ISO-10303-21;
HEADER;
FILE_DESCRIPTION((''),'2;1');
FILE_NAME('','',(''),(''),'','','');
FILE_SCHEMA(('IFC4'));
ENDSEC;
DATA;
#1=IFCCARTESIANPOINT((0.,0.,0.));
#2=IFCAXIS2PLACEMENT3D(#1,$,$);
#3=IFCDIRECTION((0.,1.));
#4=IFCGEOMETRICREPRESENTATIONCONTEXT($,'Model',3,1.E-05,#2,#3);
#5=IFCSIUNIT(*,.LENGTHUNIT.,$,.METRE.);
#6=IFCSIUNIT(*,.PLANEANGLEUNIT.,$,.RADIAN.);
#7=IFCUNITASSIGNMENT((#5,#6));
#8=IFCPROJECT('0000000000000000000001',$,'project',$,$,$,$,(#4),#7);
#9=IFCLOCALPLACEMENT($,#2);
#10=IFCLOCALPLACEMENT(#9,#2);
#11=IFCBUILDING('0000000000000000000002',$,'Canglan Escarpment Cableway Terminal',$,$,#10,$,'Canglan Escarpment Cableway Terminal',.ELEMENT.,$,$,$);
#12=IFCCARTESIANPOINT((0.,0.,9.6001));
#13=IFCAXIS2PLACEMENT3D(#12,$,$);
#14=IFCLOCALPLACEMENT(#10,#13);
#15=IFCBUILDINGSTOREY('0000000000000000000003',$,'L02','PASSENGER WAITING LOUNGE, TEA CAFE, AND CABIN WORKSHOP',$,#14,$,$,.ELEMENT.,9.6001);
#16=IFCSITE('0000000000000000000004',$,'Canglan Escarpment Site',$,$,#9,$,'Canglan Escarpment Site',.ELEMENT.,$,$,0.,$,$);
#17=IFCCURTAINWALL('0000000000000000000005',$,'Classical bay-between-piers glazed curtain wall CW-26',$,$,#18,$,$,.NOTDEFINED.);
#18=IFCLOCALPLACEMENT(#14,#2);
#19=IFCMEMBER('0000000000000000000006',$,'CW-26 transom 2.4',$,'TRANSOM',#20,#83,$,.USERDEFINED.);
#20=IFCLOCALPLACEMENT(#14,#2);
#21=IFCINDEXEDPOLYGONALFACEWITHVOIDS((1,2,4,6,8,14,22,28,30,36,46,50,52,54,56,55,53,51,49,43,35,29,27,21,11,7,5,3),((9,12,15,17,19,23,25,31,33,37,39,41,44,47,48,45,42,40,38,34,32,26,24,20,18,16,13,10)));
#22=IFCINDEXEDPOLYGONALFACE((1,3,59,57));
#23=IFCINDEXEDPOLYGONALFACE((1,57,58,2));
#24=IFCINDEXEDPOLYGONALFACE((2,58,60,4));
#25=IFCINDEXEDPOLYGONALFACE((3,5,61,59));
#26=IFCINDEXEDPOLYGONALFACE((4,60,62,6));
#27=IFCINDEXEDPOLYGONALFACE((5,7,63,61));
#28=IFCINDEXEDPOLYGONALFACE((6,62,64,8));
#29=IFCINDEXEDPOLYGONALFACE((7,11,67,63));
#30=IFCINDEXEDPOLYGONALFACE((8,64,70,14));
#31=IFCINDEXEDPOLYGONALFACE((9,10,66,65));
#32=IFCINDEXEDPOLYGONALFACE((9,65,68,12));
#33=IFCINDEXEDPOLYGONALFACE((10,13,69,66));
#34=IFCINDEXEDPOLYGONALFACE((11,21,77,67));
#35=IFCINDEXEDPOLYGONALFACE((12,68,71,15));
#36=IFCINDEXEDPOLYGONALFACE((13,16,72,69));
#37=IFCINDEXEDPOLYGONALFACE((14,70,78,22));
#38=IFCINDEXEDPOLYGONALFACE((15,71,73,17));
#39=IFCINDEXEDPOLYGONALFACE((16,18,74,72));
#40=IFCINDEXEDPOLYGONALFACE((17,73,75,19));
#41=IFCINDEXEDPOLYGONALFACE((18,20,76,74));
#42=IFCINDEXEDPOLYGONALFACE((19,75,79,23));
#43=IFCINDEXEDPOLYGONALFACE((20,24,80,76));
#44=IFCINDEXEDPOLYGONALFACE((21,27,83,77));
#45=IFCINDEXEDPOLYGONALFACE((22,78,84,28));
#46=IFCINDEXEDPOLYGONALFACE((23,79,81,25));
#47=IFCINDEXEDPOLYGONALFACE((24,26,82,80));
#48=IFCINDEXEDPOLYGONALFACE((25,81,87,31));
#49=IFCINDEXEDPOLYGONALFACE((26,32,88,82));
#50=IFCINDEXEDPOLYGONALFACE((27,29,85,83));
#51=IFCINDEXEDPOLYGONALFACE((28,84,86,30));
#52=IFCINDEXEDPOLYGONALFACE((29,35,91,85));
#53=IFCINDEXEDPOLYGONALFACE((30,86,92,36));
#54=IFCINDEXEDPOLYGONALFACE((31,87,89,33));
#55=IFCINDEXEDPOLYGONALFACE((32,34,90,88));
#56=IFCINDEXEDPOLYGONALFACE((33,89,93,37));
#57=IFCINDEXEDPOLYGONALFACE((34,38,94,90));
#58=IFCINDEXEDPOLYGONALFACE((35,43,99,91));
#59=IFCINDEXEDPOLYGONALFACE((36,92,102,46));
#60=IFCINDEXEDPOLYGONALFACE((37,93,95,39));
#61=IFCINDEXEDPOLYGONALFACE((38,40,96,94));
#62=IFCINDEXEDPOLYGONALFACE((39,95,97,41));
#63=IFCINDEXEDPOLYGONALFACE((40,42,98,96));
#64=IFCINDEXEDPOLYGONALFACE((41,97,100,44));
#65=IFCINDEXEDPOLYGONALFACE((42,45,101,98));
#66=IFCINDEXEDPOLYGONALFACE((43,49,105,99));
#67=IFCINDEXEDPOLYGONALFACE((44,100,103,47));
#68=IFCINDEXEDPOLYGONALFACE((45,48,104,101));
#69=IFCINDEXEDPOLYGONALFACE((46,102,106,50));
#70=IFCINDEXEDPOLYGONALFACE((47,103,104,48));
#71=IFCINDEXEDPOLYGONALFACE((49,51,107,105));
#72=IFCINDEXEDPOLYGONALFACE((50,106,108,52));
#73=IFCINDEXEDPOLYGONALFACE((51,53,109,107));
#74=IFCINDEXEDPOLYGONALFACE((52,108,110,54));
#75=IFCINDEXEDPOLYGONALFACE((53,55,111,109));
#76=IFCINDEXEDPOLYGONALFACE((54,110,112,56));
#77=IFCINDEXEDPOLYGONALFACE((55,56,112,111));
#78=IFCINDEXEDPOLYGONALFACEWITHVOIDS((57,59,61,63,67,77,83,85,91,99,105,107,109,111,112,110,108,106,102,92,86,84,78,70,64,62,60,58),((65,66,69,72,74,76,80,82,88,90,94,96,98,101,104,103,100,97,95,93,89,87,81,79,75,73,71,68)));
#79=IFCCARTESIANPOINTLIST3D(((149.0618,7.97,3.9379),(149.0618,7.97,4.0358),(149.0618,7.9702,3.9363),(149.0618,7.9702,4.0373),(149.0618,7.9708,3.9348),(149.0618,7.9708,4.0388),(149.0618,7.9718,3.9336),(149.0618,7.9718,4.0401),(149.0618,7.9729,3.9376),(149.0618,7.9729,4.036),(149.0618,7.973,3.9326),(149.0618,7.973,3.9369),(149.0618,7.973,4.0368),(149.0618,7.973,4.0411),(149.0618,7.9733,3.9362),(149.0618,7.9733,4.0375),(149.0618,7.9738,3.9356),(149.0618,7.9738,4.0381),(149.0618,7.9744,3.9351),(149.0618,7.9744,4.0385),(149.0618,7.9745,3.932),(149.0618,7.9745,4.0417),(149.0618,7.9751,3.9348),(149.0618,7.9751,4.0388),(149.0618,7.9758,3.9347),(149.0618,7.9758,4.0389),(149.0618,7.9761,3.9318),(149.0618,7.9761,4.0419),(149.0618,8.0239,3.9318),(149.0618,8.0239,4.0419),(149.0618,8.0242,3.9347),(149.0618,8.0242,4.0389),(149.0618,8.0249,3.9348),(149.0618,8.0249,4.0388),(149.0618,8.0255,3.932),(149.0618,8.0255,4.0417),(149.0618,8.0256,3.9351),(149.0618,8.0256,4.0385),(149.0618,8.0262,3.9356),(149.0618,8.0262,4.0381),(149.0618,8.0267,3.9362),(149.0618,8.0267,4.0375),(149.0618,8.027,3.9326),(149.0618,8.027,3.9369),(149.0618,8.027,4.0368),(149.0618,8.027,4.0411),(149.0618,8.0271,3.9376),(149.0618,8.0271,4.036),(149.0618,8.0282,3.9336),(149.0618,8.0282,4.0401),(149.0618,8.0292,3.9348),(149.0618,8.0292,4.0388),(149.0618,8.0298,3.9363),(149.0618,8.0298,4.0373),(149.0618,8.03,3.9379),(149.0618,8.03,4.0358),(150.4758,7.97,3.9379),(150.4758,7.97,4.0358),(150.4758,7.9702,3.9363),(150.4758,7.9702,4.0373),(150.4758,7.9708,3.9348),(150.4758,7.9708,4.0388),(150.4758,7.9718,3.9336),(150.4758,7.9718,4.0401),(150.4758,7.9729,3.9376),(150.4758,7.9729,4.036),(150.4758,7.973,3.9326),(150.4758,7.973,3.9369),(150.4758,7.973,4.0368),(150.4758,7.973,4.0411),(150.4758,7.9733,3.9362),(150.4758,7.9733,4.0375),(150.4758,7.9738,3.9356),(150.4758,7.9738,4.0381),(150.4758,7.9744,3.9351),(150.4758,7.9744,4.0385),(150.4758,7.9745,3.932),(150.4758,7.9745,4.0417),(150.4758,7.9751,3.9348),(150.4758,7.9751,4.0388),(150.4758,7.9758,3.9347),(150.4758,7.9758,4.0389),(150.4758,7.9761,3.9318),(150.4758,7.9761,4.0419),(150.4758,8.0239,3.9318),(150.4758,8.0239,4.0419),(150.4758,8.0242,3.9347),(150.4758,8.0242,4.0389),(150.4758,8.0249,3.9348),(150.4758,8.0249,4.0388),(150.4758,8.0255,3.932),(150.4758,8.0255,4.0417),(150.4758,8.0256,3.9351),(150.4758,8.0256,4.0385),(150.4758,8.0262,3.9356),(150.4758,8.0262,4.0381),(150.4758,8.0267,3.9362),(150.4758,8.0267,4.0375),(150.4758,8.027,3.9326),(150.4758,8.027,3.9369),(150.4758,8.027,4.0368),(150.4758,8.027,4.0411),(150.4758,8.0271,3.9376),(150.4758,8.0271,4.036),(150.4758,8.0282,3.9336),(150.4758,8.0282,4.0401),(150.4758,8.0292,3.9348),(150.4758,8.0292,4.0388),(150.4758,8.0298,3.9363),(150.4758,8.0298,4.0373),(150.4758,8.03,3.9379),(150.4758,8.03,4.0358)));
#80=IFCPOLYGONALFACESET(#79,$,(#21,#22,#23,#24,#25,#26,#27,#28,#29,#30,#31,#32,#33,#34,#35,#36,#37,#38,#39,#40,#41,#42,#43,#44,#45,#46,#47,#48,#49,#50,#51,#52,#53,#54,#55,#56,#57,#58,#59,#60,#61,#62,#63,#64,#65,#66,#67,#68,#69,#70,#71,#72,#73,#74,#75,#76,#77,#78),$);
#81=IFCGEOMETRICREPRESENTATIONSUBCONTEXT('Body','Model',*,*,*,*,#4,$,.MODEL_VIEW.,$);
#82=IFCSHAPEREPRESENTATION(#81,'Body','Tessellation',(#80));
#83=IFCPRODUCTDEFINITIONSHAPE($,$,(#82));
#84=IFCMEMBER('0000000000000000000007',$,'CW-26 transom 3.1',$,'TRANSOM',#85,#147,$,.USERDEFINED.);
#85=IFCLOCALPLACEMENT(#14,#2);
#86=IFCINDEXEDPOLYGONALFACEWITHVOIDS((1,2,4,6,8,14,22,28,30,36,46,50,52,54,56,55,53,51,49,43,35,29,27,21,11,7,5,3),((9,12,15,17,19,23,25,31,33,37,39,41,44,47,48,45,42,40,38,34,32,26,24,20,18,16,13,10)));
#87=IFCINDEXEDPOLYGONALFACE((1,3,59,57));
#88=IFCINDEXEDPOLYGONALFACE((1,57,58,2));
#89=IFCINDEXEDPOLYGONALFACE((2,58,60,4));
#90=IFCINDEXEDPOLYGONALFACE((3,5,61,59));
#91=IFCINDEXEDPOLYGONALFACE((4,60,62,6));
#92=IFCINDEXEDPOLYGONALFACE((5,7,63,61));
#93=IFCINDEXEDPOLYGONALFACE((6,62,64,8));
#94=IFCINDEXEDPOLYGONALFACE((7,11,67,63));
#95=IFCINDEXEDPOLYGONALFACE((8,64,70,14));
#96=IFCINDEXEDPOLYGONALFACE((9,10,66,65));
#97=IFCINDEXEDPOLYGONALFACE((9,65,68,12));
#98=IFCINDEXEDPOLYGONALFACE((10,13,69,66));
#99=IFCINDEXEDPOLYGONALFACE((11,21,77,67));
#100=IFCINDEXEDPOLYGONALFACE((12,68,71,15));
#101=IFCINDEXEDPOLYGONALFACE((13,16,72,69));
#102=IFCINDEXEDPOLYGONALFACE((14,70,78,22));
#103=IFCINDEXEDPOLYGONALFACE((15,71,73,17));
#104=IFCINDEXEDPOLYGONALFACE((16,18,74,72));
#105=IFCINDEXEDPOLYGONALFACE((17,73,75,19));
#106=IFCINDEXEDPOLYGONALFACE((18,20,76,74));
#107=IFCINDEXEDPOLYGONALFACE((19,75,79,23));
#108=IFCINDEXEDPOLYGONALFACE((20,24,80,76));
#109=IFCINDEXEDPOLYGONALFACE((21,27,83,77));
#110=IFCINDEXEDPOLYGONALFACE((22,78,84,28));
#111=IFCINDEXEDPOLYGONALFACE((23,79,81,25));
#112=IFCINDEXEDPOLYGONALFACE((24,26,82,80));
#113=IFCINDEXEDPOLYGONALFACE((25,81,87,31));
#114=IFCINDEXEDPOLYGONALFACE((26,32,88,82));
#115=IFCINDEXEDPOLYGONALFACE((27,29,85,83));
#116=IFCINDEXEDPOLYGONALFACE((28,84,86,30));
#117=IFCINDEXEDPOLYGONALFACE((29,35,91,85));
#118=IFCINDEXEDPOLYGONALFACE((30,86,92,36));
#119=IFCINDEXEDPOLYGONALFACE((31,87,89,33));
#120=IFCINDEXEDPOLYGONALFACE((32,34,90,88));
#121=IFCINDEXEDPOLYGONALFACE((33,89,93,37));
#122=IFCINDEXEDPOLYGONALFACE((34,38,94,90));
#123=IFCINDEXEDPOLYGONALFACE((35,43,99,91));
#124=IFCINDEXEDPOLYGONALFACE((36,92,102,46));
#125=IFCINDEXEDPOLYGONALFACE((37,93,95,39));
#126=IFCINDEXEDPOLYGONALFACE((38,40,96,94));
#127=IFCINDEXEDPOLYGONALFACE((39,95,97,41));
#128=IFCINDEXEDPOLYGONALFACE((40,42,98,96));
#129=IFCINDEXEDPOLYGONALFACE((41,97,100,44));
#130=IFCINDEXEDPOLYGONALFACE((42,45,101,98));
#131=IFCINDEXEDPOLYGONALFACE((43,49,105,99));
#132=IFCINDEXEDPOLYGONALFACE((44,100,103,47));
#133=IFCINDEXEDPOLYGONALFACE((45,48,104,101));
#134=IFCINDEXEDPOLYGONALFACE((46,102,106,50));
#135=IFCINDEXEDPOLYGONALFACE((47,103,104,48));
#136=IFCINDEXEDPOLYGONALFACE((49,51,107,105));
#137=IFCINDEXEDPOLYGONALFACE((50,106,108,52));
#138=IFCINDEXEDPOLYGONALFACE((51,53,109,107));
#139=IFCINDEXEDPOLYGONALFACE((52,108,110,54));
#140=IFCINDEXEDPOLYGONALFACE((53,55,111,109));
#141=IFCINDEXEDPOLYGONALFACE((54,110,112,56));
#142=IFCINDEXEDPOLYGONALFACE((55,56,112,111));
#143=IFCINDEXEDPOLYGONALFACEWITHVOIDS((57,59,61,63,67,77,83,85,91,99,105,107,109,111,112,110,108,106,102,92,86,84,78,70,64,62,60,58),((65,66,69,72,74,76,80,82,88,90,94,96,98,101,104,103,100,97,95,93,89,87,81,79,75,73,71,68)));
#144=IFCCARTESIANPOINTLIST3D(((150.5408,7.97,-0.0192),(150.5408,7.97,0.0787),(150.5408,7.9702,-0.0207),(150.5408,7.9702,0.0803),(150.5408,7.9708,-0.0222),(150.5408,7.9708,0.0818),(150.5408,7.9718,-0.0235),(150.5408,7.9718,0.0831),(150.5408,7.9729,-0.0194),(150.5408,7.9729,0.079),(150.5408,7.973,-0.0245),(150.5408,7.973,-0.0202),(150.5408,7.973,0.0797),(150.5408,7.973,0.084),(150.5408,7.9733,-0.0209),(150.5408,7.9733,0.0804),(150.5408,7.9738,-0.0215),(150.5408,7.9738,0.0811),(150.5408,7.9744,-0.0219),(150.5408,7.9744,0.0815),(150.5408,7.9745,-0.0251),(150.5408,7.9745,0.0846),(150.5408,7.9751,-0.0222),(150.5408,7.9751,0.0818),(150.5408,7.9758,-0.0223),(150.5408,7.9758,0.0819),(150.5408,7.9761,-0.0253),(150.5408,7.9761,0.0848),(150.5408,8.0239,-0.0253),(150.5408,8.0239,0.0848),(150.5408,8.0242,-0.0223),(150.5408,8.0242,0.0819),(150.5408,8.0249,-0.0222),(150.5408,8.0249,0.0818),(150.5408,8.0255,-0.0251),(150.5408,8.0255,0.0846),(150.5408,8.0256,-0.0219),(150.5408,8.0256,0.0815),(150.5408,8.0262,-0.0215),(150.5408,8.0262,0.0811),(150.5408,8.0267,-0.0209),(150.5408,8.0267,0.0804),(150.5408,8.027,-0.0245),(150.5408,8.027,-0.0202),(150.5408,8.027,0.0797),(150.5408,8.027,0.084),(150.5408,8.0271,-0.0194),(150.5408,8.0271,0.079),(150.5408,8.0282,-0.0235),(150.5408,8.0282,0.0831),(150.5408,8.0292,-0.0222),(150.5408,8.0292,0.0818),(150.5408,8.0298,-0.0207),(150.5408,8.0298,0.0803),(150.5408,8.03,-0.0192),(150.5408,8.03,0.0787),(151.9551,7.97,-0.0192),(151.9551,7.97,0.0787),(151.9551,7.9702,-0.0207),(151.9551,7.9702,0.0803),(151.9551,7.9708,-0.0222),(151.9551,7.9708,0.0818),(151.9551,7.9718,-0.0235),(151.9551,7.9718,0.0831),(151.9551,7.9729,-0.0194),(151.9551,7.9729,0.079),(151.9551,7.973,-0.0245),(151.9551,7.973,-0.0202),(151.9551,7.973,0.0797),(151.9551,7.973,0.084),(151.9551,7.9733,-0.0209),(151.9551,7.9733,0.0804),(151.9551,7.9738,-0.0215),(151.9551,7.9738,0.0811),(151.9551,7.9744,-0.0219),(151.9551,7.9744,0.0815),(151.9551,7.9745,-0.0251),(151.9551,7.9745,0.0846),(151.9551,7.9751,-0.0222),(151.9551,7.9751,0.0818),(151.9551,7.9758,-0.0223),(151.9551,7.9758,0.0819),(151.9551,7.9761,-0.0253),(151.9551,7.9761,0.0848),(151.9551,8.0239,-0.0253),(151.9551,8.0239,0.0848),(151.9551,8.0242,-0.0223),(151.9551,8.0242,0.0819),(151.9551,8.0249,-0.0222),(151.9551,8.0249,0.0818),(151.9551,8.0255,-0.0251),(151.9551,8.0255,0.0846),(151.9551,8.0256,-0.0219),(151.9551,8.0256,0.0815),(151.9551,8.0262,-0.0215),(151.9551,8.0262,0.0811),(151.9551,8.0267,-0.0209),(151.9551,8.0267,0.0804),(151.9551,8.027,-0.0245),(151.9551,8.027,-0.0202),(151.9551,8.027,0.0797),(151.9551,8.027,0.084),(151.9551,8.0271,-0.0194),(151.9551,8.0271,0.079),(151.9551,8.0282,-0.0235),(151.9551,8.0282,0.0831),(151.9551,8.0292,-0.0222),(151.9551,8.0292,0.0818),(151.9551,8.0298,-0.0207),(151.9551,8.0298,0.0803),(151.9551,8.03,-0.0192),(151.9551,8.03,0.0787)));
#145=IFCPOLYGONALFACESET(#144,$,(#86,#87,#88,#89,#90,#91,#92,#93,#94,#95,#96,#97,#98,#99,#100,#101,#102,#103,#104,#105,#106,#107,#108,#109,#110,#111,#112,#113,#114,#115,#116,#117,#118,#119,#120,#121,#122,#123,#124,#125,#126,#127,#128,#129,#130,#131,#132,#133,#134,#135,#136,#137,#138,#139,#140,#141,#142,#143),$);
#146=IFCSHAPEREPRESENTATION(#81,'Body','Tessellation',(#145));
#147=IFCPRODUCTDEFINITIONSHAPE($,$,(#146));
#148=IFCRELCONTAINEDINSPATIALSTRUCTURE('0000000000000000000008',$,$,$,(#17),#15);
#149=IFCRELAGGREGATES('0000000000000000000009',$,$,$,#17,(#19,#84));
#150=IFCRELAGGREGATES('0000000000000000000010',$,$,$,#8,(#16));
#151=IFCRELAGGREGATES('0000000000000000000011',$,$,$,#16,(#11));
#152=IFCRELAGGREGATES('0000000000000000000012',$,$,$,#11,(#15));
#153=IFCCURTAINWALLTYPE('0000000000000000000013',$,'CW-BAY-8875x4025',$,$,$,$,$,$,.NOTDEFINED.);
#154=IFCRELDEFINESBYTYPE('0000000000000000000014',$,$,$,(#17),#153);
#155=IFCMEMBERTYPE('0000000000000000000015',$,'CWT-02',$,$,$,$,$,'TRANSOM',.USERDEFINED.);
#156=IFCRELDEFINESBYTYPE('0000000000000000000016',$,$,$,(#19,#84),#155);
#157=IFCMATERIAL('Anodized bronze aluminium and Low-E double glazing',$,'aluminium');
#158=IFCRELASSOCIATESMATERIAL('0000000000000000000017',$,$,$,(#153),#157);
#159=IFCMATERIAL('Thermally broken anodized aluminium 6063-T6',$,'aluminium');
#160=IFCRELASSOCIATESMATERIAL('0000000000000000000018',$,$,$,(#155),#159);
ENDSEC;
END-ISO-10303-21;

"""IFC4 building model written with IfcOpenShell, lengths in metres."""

from ifc_helpers import new_model, si_unit, direction, frame, origin, origin_2d, place, context, subcontext, project, spatial, hollow_rectangle, extrude, material, material_profile, profile_set, type_object, element, aggregate, save


model = new_model("IFC4")

# Units and contexts
model_context = context("Model", 3, precision=1e-05, world=origin(), true_north=direction((0.0, 1.0)))
body_context = subcontext(model_context, "Body", "Model", "MODEL_VIEW")
ifc_project = project(units=[si_unit("LENGTHUNIT", "METRE"), si_unit("PLANEANGLEUNIT", "RADIAN")], contexts=[model_context])

# Site, building, storey
site_placement = place(None, origin())
site = spatial("IfcSite", under=ifc_project, at=site_placement, Name="Canglan Escarpment Site", LongName="Canglan Escarpment Site", CompositionType="ELEMENT", RefElevation=0.0)
building_placement = place(site_placement, origin())
building = spatial("IfcBuilding", under=site, at=building_placement, Name="Canglan Escarpment Cableway Terminal", LongName="Canglan Escarpment Cableway Terminal", CompositionType="ELEMENT")
storey_placement = place(building_placement, frame((0.0, 0.0, 9.6001)))
storey = spatial("IfcBuildingStorey", under=building, at=storey_placement, Name="L02", Description="PASSENGER WAITING LOUNGE, TEA CAFE, AND CABIN WORKSHOP", CompositionType="ELEMENT", Elevation=9.6001)

# Curtain wall, members
ifc_material_1 = material(Name="Anodized bronze aluminium and Low-E double glazing", Category="aluminium")
curtain_wall_type = type_object("IfcCurtainWallType", Name="CW-BAY-8875x4025", PredefinedType="NOTDEFINED", material=ifc_material_1)
curtain_wall_placement = place(storey_placement, origin())
curtain_wall = element("IfcCurtainWall", 1, at=curtain_wall_placement, inside=storey, type_object=curtain_wall_type, Name="Classical bay-between-piers glazed curtain wall CW-26", PredefinedType="NOTDEFINED")
ifc_material_2 = material(Name="Thermally broken anodized aluminium 6063-T6", Category="aluminium")
ifc_material_profile_1 = material_profile(ifc_material_2, hollow_rectangle(XDim=0.0601, YDim=0.1101, WallThickness=0.0029, InnerFilletRadius=0.0029, OuterFilletRadius=0.0061, at=origin_2d()), Name="ALU-TRAN 60x110x3")
ifc_profile_set_1 = profile_set([ifc_material_profile_1], Name="Thermally broken anodized aluminium 6063-T6")
member_type_1 = type_object("IfcMemberType", Name="CWT-02", ElementType="TRANSOM", PredefinedType="USERDEFINED", material=ifc_profile_set_1)
member_1_placement = place(storey_placement, frame((149.0618, 8.0, 3.9868), z_axis=(1.0, 0.0, 0.0), x_axis=(0.0, 1.0, 0.0)))
member_1 = element("IfcMember", 2, at=member_1_placement, type_object=member_type_1, Name="CW-26 transom 2.4", ObjectType="TRANSOM", PredefinedType="USERDEFINED", context=body_context, shape_type="SweptSolid", body=[
    extrude(hollow_rectangle(XDim=0.0601, YDim=0.1101, WallThickness=0.0029, InnerFilletRadius=0.0029, OuterFilletRadius=0.0061, at=origin_2d()), origin(), (0.0, 0.0, 1.0), 1.4141),
])
member_2_placement = place(storey_placement, frame((150.5408, 8.0, 0.0298), z_axis=(1.0, 0.0, 0.0), x_axis=(0.0, 1.0, 0.0)))
member_2 = element("IfcMember", 3, at=member_2_placement, type_object=member_type_1, Name="CW-26 transom 3.1", ObjectType="TRANSOM", PredefinedType="USERDEFINED", context=body_context, shape_type="SweptSolid", body=[
    extrude(hollow_rectangle(XDim=0.0601, YDim=0.1101, WallThickness=0.0029, InnerFilletRadius=0.0029, OuterFilletRadius=0.0061, at=origin_2d()), origin(), (0.0, 0.0, 1.0), 1.4143),
])
aggregate(curtain_wall, [member_1, member_2])

save(model, "model.ifc")
